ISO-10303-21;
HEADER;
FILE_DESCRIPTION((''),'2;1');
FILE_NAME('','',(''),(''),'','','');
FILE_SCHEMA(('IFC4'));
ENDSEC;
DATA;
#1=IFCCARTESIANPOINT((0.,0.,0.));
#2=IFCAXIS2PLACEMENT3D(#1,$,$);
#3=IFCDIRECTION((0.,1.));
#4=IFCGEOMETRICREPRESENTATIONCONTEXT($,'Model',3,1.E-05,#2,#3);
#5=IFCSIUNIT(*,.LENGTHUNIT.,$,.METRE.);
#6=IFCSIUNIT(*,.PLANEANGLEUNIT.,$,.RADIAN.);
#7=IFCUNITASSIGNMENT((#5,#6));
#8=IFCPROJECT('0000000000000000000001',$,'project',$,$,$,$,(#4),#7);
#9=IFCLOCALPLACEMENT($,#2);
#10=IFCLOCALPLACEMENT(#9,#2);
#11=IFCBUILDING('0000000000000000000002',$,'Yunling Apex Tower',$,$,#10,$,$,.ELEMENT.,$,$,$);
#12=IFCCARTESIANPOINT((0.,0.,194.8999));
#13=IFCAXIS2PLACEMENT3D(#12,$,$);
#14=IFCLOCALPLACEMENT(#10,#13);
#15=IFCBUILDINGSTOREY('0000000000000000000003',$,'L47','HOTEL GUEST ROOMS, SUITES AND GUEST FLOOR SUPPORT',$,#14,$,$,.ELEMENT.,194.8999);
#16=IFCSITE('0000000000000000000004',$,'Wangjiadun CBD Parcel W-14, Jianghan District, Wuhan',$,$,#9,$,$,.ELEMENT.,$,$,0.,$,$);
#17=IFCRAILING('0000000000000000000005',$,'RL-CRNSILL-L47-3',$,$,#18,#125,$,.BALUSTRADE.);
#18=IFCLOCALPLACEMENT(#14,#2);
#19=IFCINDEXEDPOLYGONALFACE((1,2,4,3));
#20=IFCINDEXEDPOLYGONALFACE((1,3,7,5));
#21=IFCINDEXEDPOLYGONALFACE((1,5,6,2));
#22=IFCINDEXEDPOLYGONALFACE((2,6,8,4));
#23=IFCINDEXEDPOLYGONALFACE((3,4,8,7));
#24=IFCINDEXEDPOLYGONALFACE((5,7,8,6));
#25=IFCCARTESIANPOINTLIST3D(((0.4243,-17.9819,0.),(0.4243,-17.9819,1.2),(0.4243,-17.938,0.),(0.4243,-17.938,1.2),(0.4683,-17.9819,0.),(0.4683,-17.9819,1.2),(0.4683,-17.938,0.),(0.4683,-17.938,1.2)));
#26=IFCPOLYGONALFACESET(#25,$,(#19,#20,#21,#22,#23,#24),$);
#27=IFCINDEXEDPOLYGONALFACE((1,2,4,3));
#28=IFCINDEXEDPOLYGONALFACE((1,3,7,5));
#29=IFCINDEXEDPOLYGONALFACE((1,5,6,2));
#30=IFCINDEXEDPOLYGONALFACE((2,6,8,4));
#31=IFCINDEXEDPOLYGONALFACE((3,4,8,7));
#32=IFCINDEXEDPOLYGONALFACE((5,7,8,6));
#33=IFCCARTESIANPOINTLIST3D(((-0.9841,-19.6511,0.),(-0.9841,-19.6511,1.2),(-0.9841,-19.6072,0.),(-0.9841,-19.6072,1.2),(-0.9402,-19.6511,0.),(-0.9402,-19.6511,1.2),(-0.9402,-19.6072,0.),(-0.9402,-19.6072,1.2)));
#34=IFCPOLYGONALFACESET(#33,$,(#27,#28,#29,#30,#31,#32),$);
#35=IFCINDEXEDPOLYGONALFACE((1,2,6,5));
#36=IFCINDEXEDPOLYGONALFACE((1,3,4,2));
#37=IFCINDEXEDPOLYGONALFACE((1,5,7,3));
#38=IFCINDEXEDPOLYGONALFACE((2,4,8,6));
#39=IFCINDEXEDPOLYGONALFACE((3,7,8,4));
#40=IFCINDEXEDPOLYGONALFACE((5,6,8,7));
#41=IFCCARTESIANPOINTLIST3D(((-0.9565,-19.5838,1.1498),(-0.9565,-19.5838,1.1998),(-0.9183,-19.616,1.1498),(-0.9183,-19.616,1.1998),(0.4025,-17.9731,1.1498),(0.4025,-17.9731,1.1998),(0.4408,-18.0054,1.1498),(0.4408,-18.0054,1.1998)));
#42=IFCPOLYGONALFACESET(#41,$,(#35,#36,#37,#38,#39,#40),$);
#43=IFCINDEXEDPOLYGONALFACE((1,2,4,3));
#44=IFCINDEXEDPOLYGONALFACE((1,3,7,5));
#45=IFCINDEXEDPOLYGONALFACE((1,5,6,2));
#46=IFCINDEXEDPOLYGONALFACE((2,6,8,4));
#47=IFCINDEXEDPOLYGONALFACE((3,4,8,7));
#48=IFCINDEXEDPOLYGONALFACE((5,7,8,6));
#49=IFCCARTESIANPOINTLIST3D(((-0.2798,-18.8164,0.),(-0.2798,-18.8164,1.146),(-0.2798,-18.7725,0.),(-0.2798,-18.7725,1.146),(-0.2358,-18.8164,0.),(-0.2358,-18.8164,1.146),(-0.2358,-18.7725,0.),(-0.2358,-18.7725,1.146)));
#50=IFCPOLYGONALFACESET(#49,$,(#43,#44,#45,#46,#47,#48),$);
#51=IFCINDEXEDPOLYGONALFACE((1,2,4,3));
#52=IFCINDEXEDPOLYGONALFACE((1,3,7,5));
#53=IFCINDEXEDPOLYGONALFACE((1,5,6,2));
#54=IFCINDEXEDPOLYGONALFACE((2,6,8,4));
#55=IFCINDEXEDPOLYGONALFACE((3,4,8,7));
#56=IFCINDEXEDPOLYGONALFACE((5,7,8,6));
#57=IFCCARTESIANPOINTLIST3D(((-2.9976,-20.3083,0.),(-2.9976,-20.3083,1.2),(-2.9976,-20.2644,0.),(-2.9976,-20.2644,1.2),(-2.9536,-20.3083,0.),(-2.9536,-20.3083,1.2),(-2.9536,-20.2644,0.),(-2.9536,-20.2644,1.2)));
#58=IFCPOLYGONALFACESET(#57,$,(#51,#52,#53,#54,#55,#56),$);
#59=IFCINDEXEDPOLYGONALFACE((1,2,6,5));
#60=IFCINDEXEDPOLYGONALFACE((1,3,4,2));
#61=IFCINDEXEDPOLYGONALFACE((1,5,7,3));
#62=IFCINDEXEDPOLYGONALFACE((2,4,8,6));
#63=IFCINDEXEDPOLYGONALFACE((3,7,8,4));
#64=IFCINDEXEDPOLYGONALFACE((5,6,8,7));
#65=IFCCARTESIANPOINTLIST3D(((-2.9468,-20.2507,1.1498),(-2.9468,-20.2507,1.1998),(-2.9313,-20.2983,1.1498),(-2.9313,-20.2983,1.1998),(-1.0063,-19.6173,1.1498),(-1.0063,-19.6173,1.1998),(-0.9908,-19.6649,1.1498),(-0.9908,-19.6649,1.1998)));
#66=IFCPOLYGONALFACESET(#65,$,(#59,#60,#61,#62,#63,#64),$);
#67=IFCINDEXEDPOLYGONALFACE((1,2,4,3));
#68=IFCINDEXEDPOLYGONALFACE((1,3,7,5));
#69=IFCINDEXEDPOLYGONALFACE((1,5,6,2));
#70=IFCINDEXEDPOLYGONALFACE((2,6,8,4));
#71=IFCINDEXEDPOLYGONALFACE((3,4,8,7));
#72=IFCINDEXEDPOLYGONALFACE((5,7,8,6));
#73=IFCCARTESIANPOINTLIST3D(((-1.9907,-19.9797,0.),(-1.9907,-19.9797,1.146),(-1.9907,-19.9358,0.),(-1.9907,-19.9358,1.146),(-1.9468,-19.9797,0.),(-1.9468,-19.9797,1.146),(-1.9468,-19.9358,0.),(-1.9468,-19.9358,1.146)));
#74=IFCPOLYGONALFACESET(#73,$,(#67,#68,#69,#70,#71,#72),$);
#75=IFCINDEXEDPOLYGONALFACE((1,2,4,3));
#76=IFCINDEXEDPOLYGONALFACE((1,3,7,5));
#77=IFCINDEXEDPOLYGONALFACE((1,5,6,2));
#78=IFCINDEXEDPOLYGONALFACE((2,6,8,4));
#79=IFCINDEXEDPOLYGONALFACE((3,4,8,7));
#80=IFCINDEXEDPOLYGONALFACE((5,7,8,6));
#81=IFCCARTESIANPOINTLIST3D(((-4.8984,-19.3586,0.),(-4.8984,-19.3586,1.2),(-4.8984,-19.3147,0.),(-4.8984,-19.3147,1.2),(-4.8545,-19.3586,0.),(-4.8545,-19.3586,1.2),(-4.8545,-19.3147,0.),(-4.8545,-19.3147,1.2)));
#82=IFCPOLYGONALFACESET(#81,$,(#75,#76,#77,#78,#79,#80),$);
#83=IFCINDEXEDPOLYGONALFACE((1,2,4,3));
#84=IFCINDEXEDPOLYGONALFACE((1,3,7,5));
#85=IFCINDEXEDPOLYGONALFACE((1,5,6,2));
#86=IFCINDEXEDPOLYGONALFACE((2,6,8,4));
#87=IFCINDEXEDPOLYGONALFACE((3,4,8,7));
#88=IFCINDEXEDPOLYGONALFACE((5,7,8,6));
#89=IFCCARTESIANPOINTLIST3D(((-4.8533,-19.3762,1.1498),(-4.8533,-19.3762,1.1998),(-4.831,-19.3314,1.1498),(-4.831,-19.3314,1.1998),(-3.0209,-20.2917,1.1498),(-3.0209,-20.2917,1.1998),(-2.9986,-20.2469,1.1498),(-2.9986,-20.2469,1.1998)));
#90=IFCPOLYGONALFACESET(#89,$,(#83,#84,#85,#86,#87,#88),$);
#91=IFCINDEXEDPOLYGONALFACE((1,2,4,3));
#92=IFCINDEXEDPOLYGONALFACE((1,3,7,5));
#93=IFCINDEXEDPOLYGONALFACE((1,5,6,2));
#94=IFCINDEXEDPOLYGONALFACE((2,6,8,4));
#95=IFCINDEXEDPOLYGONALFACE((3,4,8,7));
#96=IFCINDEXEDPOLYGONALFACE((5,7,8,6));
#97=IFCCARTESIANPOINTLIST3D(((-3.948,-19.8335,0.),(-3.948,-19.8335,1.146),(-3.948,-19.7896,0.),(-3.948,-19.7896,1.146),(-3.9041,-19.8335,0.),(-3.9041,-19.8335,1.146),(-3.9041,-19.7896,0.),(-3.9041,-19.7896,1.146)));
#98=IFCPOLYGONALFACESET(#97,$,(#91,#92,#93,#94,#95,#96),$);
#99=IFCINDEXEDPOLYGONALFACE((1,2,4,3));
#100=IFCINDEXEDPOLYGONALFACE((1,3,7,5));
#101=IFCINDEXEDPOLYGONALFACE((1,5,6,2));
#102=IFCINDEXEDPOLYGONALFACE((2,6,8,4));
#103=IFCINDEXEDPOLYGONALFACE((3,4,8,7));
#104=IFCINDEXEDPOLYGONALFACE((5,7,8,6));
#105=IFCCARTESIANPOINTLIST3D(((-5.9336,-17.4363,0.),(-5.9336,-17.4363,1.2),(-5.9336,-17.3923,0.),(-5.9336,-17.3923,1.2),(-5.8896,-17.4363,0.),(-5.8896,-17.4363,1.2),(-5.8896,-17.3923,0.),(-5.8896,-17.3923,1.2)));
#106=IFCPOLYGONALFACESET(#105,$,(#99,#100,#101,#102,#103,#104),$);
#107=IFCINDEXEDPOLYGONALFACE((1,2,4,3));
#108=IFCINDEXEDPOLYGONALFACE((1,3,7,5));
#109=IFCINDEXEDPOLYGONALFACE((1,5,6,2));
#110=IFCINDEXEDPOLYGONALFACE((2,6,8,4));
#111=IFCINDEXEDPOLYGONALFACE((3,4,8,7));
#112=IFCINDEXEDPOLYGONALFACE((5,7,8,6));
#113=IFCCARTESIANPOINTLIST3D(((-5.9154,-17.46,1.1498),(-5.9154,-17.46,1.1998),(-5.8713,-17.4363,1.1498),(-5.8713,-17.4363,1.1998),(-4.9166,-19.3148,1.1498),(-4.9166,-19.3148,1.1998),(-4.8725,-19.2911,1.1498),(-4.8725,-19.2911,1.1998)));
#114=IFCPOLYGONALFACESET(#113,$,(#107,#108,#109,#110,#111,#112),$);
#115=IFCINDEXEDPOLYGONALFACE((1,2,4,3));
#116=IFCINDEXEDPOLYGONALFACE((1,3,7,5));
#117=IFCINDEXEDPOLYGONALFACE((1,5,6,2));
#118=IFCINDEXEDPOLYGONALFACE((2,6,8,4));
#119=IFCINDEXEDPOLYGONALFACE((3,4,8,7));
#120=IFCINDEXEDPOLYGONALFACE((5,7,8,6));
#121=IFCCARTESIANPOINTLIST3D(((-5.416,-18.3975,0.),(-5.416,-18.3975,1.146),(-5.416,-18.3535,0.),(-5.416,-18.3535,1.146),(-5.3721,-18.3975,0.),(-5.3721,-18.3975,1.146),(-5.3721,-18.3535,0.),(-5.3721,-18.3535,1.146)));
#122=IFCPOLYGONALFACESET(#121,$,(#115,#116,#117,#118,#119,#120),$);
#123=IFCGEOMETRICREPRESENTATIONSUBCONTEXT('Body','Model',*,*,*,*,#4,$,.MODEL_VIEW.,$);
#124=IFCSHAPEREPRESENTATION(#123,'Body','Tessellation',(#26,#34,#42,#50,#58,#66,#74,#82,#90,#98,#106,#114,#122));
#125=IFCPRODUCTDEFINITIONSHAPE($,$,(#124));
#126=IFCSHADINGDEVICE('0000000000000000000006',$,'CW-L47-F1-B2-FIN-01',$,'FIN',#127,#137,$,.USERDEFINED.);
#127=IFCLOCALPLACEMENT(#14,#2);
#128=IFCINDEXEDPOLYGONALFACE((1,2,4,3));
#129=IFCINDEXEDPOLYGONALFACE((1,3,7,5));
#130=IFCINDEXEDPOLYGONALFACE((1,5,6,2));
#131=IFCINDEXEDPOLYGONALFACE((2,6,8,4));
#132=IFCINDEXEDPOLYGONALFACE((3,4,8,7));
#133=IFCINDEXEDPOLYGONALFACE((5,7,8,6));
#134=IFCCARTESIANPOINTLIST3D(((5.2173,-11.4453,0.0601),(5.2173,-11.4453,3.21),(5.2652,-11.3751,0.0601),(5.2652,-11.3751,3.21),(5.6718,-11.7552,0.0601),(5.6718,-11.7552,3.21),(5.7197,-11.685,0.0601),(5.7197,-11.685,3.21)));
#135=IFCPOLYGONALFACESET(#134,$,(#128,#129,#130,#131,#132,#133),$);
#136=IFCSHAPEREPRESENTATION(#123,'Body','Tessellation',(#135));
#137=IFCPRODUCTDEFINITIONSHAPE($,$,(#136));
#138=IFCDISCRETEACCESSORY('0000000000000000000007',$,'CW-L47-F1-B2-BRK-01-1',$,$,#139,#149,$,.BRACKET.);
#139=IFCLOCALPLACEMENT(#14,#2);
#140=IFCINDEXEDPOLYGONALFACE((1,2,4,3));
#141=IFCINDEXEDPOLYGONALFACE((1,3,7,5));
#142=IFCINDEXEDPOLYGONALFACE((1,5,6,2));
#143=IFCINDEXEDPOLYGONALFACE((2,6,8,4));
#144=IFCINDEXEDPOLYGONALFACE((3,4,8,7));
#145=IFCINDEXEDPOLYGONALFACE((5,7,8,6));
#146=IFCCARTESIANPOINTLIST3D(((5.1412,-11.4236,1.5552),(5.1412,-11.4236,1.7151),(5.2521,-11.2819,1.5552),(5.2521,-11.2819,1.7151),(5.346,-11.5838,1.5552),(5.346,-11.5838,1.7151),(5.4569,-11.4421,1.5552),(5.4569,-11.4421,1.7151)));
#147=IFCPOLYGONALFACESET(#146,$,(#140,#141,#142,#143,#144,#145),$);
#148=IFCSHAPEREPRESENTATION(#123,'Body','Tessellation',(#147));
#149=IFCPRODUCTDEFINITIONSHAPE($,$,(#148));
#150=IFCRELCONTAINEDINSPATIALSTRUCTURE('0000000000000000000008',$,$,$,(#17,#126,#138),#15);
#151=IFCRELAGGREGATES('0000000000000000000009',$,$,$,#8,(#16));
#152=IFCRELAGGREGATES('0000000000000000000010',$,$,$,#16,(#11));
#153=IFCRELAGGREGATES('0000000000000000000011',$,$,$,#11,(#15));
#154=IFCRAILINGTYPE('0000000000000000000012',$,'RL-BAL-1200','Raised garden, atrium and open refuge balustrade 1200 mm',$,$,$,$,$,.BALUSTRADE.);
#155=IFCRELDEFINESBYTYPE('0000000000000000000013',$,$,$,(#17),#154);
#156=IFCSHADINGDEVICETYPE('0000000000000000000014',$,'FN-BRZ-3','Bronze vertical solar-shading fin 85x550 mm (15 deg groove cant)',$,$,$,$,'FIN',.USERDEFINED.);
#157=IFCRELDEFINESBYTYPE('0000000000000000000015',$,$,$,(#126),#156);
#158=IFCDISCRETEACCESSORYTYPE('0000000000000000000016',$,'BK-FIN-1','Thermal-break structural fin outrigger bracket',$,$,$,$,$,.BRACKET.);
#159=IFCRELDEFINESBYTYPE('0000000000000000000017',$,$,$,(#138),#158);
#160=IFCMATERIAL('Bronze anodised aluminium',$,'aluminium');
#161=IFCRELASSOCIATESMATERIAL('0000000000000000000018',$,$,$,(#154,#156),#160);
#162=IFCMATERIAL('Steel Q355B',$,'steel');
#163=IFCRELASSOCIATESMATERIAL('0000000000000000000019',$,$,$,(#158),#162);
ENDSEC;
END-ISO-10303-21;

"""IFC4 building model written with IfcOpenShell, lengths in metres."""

from ifc_helpers import new_model, si_unit, direction, frame, origin, origin_2d, place, context, subcontext, project, spatial, rectangle, extrude, source, transform, mapped, material, material_profile, profile_set, type_object, element, save


model = new_model("IFC4")

# Units and contexts
model_context = context("Model", 3, precision=1e-05, world=origin(), true_north=direction((0.0, 1.0)))
body_context = subcontext(model_context, "Body", "Model", "MODEL_VIEW")
ifc_project = project(units=[si_unit("LENGTHUNIT", "METRE"), si_unit("PLANEANGLEUNIT", "RADIAN")], contexts=[model_context])

# Site, building, storey
site_placement = place(None, origin())
site = spatial("IfcSite", under=ifc_project, at=site_placement, Name="Wangjiadun CBD Parcel W-14, Jianghan District, Wuhan", CompositionType="ELEMENT", RefElevation=0.0)
building_placement = place(site_placement, origin())
building = spatial("IfcBuilding", under=site, at=building_placement, Name="Yunling Apex Tower", CompositionType="ELEMENT")
storey_placement = place(building_placement, frame((0.0, 0.0, 194.8999)))
storey = spatial("IfcBuildingStorey", under=building, at=storey_placement, Name="L47", Description="HOTEL GUEST ROOMS, SUITES AND GUEST FLOOR SUPPORT", CompositionType="ELEMENT", Elevation=194.8999)

# Shared definitions
ifc_material_1 = material(Name="Steel Q355B", Category="steel")

# Shared definitions
ifc_material_2 = material(Name="Bronze anodised aluminium", Category="aluminium")

# Railing
railing_type = type_object("IfcRailingType", Name="RL-BAL-1200", Description="Raised garden, atrium and open refuge balustrade 1200 mm", PredefinedType="BALUSTRADE", material=ifc_material_2)
railing_placement = place(storey_placement, frame((0.4463, -17.96, 0.0)))
element("IfcRailing", 1, at=railing_placement, inside=storey, type_object=railing_type, Name="RL-CRNSILL-L47-3", PredefinedType="BALUSTRADE", context=body_context, shape_type="SweptSolid", body=[
    extrude(rectangle(XDim=0.0439, YDim=0.0439, at=origin_2d()), origin(), (0.0, 0.0, 1.0), 1.2),
    extrude(rectangle(XDim=0.0439, YDim=0.0439, at=origin_2d()), frame((-1.4084, -1.6692, 0.0)), (0.0, 0.0, 1.0), 1.2),
    extrude(rectangle(XDim=0.05, YDim=0.05, at=origin_2d()), frame((-0.0247, -0.0293, 1.1748), z_axis=(-0.644889, -0.764276, 0.0), x_axis=(0.764276, -0.644889, 0.0)), (0.0, 0.0, 1.0), 2.1074),
    extrude(rectangle(XDim=0.0439, YDim=0.0439, at=origin_2d()), frame((-0.7041, -0.8345, 0.0)), (0.0, 0.0, 1.0), 1.146),
    extrude(rectangle(XDim=0.0439, YDim=0.0439, at=origin_2d()), frame((-3.4219, -2.3264, 0.0)), (0.0, 0.0, 1.0), 1.2),
    extrude(rectangle(XDim=0.05, YDim=0.05, at=origin_2d()), frame((-1.4448, -1.6812, 1.1748), z_axis=(-0.950636, -0.310308, 0.0), x_axis=(0.310308, -0.950636, 0.0)), (0.0, 0.0, 1.0), 2.0413),
    extrude(rectangle(XDim=0.0439, YDim=0.0439, at=origin_2d()), frame((-2.415, -1.9978, 0.0)), (0.0, 0.0, 1.0), 1.146),
    extrude(rectangle(XDim=0.0439, YDim=0.0439, at=origin_2d()), frame((-5.3228, -1.3767, 0.0)), (0.0, 0.0, 1.0), 1.2),
    extrude(rectangle(XDim=0.05, YDim=0.05, at=origin_2d()), frame((-3.4561, -2.3093, 1.1748), z_axis=(-0.894565, 0.446938, 0.0), x_axis=(-0.446938, -0.894565, 0.0)), (0.0, 0.0, 1.0), 2.0483),
    extrude(rectangle(XDim=0.0439, YDim=0.0439, at=origin_2d()), frame((-4.3723, -1.8516, 0.0)), (0.0, 0.0, 1.0), 1.146),
    extrude(rectangle(XDim=0.0439, YDim=0.0439, at=origin_2d()), frame((-6.3579, 0.5457, 0.0)), (0.0, 0.0, 1.0), 1.2),
    extrude(rectangle(XDim=0.05, YDim=0.05, at=origin_2d()), frame((-5.3408, -1.343, 1.1748), z_axis=(-0.474113, 0.880464, 0.0), x_axis=(-0.880464, -0.474113, 0.0)), (0.0, 0.0, 1.0), 2.1067),
    extrude(rectangle(XDim=0.0439, YDim=0.0439, at=origin_2d()), frame((-5.8403, -0.4155, 0.0)), (0.0, 0.0, 1.0), 1.146),
])

# Shading device
ifc_material_profile_1 = material_profile(ifc_material_2, rectangle(XDim=0.085, YDim=0.55, at=origin_2d()))
ifc_profile_set_1 = profile_set([ifc_material_profile_1], Name="Bronze anodised aluminium")
shading_device_type = type_object("IfcShadingDeviceType", Name="FN-BRZ-3", Description="Bronze vertical solar-shading fin 85x550 mm (15 deg groove cant)", ElementType="FIN", PredefinedType="USERDEFINED", material=ifc_profile_set_1)
shared_shape_1 = source(origin(), body_context, "Body", "SweptSolid", [
    extrude(rectangle(XDim=0.085, YDim=0.55, at=origin_2d()), origin(), (0.0, 0.0, 1.0), 3.1499),
])
shading_device_placement = place(storey_placement, frame((5.4685, -11.5652, 0.0601), z_axis=(0.0, 0.0, 1.0), x_axis=(0.563382, 0.826197, 0.0)))
element("IfcShadingDevice", 2, at=shading_device_placement, inside=storey, type_object=shading_device_type, Name="CW-L47-F1-B2-FIN-01", ObjectType="FIN", PredefinedType="USERDEFINED", context=body_context, shape_type="MappedRepresentation", body=[
    mapped(shared_shape_1, transform((0.0, 0.0, 0.0), scale=1.0)),
])

# Discrete accessory
discrete_accessory_type = type_object("IfcDiscreteAccessoryType", Name="BK-FIN-1", Description="Thermal-break structural fin outrigger bracket", PredefinedType="BRACKET", material=ifc_material_1)
shared_shape_2 = source(origin(), body_context, "Body", "SweptSolid", [
    extrude(rectangle(XDim=0.1799, YDim=0.26, at=origin_2d()), origin(), (0.0, 0.0, 1.0), 0.1599),
])
discrete_accessory_placement = place(storey_placement, frame((5.2991, -11.4329, 1.5552), z_axis=(0.0, 0.0, 1.0), x_axis=(0.616211, 0.787581, 0.0)))
element("IfcDiscreteAccessory", 3, at=discrete_accessory_placement, inside=storey, type_object=discrete_accessory_type, Name="CW-L47-F1-B2-BRK-01-1", PredefinedType="BRACKET", context=body_context, shape_type="MappedRepresentation", body=[
    mapped(shared_shape_2, transform((0.0, 0.0, 0.0), scale=1.0)),
])

save(model, "model.ifc")
